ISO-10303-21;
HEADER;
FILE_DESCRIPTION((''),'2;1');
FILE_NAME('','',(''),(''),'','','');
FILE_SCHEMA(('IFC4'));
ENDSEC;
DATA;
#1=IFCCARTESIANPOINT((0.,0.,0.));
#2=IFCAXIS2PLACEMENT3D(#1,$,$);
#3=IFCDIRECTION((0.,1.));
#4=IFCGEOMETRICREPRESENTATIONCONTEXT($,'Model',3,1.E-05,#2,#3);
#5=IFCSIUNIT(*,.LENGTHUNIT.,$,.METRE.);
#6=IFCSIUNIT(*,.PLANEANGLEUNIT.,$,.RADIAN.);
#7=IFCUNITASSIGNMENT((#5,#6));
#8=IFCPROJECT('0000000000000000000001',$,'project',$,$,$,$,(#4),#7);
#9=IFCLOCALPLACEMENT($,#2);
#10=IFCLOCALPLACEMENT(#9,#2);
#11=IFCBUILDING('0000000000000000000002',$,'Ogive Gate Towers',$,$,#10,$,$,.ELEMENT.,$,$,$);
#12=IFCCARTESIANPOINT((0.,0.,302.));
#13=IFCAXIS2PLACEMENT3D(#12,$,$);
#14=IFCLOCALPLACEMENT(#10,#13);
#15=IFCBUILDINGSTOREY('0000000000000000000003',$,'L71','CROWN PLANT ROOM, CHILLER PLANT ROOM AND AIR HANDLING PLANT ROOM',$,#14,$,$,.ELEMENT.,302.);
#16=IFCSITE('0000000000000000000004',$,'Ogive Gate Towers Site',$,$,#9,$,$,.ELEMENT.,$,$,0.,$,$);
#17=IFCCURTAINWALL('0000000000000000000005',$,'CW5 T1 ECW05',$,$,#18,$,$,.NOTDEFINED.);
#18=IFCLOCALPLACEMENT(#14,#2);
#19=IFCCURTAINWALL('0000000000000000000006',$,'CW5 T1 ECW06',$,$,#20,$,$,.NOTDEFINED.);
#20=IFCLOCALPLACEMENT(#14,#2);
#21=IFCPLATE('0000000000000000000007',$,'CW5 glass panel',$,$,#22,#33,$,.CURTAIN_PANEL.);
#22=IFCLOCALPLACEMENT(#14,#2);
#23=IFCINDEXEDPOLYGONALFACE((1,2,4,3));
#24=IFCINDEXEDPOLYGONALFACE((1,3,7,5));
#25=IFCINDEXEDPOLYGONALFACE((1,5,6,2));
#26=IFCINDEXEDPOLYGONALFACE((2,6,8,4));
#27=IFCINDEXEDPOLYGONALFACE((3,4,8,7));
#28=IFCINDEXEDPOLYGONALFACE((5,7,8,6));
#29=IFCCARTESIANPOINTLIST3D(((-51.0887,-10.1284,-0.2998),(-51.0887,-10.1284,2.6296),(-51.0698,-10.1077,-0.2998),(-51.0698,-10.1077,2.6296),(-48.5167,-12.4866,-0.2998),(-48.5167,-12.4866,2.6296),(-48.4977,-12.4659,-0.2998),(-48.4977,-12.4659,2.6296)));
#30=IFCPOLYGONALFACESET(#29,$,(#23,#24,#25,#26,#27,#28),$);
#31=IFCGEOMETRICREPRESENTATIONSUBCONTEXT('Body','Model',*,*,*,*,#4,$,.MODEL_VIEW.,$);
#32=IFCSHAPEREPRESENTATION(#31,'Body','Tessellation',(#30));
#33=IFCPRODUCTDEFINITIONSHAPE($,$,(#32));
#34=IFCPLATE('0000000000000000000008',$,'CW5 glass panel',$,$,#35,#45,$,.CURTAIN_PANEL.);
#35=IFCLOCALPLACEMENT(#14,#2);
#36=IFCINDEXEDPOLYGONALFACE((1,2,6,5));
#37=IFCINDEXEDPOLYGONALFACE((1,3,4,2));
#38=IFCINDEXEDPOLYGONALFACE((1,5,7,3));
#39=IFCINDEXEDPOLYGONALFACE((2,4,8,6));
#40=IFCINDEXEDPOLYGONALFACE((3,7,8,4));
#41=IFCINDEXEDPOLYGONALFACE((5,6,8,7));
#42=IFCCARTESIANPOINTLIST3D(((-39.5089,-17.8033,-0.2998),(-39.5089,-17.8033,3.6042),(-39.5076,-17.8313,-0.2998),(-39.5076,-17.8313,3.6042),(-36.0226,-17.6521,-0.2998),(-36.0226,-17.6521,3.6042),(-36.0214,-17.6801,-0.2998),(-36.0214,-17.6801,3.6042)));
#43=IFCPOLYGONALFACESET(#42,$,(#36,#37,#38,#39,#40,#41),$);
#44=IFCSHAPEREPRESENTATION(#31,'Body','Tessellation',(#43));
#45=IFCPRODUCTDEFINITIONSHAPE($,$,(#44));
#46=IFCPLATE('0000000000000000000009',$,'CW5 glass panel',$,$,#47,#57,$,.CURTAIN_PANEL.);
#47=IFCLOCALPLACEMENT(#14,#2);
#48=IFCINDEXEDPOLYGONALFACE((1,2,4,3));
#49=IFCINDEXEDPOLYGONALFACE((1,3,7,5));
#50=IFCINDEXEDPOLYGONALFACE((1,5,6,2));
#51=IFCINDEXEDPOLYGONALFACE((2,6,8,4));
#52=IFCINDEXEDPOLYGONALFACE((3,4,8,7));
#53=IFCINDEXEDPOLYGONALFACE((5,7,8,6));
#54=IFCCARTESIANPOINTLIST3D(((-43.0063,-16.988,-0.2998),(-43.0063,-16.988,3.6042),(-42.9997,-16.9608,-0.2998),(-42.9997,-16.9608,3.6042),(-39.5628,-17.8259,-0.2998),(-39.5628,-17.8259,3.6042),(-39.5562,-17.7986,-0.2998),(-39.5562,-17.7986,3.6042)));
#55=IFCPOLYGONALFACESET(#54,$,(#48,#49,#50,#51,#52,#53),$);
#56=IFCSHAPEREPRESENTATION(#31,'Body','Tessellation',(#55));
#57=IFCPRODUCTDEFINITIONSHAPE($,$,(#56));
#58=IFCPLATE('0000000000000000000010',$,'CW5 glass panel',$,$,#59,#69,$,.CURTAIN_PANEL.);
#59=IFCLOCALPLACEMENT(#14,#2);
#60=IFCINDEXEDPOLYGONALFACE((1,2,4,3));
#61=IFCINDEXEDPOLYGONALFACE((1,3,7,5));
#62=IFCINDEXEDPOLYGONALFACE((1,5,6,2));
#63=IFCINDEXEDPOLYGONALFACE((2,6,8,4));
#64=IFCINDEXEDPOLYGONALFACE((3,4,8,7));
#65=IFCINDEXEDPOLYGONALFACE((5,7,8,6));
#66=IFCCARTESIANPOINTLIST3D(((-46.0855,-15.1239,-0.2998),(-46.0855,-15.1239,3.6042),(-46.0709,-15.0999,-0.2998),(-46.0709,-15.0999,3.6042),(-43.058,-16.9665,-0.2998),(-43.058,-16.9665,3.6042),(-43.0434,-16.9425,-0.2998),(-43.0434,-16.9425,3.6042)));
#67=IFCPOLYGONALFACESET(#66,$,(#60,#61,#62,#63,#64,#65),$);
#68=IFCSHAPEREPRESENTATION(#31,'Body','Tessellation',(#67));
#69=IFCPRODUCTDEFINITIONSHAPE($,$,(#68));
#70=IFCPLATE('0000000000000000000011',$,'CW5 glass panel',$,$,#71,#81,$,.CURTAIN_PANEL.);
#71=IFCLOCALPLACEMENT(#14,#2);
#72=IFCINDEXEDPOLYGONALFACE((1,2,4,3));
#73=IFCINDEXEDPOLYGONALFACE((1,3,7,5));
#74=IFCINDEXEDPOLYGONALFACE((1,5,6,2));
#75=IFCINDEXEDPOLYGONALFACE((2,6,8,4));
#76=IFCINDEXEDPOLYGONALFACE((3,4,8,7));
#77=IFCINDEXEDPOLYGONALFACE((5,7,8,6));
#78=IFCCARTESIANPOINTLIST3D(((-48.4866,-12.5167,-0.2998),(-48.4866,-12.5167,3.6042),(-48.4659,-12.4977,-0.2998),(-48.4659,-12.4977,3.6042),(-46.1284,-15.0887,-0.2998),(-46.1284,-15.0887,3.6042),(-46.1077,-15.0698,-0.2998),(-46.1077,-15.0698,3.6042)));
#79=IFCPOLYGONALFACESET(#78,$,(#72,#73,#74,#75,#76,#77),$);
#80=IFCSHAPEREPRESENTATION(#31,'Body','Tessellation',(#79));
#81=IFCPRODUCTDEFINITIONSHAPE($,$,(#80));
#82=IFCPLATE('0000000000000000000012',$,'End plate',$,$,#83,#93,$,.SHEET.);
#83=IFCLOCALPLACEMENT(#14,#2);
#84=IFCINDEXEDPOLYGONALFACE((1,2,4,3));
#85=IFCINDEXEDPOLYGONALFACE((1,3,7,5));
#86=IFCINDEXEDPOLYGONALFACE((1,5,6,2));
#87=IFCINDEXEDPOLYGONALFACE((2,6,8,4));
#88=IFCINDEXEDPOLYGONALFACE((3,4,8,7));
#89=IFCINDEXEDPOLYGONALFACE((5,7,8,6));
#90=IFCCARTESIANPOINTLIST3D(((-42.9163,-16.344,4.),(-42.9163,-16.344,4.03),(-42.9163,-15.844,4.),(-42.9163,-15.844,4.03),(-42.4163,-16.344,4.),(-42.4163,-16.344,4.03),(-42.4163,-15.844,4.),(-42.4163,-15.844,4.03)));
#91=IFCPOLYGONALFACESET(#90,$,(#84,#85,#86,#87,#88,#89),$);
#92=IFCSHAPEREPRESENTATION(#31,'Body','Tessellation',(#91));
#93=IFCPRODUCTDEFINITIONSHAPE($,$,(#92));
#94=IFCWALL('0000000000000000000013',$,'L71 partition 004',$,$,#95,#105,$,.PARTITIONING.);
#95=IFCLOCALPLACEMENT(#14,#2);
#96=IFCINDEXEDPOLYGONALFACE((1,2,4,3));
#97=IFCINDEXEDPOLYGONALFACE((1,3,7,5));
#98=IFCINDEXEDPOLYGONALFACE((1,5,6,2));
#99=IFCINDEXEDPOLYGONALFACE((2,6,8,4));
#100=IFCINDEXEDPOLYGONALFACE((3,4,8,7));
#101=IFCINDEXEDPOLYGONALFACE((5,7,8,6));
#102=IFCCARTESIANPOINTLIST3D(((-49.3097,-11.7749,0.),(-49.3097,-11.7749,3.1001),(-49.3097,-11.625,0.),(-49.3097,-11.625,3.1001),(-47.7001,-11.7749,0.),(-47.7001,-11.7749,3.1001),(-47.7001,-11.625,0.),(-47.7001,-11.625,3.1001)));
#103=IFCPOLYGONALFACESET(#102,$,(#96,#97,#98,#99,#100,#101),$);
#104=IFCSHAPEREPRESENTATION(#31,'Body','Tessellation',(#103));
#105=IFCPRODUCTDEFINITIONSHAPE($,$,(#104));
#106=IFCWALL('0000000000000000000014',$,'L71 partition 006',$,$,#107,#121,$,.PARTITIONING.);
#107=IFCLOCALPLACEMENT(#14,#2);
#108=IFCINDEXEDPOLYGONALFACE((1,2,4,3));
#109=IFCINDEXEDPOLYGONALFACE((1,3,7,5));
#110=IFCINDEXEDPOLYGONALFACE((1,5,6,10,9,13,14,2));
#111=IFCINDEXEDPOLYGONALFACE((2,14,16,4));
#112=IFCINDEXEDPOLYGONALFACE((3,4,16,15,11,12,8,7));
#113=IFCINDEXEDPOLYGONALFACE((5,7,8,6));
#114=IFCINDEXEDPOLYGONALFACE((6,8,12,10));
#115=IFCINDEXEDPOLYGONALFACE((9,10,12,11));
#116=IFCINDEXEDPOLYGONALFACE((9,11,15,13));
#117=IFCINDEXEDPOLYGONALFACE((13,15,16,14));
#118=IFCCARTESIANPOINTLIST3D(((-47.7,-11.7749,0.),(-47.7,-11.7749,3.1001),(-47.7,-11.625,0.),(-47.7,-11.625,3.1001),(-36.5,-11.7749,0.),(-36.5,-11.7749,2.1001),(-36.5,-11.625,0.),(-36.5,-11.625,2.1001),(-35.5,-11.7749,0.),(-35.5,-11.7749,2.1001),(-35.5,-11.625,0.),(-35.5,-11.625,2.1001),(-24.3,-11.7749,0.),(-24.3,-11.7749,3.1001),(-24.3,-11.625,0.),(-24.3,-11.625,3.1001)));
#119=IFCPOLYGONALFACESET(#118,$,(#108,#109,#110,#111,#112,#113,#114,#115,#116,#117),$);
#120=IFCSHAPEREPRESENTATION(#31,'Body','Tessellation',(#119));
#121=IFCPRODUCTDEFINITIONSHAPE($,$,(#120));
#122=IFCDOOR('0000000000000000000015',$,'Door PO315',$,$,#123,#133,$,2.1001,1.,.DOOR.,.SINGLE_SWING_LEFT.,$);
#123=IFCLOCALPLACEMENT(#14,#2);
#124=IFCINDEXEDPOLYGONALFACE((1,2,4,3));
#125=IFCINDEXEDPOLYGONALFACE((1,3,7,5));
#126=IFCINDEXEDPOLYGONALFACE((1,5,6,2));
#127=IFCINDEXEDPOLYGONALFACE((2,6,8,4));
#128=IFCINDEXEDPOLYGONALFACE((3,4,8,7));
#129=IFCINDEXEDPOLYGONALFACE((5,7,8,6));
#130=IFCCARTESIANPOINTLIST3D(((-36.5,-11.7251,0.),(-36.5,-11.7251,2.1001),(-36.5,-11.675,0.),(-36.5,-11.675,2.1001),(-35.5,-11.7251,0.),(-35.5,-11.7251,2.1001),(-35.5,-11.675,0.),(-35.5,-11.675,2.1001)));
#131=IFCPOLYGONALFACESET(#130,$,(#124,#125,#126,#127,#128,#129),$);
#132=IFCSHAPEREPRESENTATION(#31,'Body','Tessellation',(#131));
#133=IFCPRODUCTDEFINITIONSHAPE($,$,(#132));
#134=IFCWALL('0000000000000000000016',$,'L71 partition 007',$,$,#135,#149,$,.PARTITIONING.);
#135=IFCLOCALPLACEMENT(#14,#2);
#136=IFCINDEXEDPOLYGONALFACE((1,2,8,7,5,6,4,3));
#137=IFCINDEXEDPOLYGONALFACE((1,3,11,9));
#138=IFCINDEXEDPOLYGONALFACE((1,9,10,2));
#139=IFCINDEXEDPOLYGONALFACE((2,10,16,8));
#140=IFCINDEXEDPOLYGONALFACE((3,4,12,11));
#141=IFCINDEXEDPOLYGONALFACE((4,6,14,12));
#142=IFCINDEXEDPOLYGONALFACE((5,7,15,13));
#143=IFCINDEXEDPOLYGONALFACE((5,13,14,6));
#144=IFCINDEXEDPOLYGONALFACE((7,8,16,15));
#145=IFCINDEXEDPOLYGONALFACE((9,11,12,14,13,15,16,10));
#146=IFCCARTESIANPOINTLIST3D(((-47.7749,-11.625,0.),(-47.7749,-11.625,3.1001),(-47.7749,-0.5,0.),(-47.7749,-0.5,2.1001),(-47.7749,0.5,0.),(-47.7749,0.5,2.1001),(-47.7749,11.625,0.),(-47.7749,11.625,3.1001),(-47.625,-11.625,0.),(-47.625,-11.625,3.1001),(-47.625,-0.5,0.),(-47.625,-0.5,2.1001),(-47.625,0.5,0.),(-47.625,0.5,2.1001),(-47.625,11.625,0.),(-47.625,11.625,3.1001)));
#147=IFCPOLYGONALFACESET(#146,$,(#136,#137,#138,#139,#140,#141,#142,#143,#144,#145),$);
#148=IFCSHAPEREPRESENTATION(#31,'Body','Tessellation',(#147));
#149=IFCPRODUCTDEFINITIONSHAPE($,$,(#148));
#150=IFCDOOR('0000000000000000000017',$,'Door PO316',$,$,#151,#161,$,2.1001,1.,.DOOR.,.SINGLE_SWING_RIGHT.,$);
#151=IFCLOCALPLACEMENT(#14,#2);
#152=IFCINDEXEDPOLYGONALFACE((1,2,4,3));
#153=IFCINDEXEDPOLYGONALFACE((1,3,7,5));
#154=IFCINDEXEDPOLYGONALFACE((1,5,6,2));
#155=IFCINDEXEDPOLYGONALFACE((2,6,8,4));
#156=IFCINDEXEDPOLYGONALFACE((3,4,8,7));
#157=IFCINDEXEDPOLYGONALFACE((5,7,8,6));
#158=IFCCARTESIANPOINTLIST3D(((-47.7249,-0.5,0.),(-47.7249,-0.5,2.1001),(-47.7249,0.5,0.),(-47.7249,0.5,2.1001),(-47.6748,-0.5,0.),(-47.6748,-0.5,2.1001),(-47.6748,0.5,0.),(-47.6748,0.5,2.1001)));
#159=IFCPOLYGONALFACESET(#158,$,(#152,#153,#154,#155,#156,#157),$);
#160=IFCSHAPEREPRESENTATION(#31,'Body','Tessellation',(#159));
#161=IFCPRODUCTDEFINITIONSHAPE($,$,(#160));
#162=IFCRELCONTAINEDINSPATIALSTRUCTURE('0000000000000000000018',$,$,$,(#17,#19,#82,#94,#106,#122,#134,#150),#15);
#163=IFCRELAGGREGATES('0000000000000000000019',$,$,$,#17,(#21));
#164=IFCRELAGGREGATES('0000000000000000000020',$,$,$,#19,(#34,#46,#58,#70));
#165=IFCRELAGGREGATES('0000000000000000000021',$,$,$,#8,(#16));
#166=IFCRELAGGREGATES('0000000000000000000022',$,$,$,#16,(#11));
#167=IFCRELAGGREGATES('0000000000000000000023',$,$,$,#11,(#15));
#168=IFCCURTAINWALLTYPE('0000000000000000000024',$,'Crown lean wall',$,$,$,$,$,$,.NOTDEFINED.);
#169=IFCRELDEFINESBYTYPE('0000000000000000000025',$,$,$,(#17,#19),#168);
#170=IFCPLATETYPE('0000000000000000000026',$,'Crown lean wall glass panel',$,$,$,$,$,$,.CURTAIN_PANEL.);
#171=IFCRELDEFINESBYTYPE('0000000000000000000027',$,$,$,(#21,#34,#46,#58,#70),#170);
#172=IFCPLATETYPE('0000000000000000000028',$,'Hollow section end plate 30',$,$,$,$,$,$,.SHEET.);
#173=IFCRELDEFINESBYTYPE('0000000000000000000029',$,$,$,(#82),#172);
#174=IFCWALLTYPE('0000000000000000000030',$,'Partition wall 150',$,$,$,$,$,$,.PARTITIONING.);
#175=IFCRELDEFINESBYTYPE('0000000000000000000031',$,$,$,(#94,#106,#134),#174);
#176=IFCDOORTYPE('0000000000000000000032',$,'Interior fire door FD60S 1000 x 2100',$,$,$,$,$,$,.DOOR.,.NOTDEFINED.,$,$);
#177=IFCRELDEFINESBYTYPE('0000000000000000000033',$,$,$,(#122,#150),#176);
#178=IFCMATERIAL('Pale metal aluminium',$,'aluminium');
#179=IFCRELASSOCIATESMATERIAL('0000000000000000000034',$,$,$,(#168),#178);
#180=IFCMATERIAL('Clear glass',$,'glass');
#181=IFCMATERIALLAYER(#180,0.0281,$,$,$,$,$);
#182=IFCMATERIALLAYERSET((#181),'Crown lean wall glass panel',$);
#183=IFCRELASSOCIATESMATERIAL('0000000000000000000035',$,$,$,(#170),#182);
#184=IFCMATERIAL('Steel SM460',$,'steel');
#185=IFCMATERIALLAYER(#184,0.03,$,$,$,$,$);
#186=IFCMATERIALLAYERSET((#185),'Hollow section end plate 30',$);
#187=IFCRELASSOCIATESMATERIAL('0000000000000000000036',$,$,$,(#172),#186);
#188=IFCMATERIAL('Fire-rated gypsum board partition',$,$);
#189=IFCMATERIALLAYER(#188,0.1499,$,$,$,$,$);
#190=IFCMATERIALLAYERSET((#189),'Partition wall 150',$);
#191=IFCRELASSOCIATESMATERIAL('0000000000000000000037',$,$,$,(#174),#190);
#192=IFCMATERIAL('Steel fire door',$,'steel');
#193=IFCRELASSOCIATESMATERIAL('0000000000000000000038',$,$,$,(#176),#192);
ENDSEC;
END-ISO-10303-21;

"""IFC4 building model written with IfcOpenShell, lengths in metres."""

from ifc_helpers import new_model, si_unit, direction, frame, frame_2d, origin, origin_2d, place, context, subcontext, project, spatial, polyline, rectangle, outline, extrude, material, layer, layer_set, type_object, element, fill, aggregate, save


model = new_model("IFC4")

# Units and contexts
model_context = context("Model", 3, precision=1e-05, world=origin(), true_north=direction((0.0, 1.0)))
body_context = subcontext(model_context, "Body", "Model", "MODEL_VIEW")
ifc_project = project(units=[si_unit("LENGTHUNIT", "METRE"), si_unit("PLANEANGLEUNIT", "RADIAN")], contexts=[model_context])

# Site, building, storey
site_placement = place(None, origin())
site = spatial("IfcSite", under=ifc_project, at=site_placement, Name="Ogive Gate Towers Site", CompositionType="ELEMENT", RefElevation=0.0)
building_placement = place(site_placement, origin())
building = spatial("IfcBuilding", under=site, at=building_placement, Name="Ogive Gate Towers", CompositionType="ELEMENT")
storey_placement = place(building_placement, frame((0.0, 0.0, 302.0)))
storey = spatial("IfcBuildingStorey", under=building, at=storey_placement, Name="L71", Description="CROWN PLANT ROOM, CHILLER PLANT ROOM AND AIR HANDLING PLANT ROOM", CompositionType="ELEMENT", Elevation=302.0)

# Shared definitions
ifc_material_1 = material(Name="Steel SM460", Category="steel")

# Curtain wall
ifc_material_2 = material(Name="Pale metal aluminium", Category="aluminium")
curtain_wall_type = type_object("IfcCurtainWallType", Name="Crown lean wall", PredefinedType="NOTDEFINED", material=ifc_material_2)
curtain_wall_1_placement = place(storey_placement, origin())
curtain_wall_1 = element("IfcCurtainWall", 1, at=curtain_wall_1_placement, inside=storey, type_object=curtain_wall_type, Name="CW5 T1 ECW05", PredefinedType="NOTDEFINED")

# Curtain wall
curtain_wall_2_placement = place(storey_placement, origin())
curtain_wall_2 = element("IfcCurtainWall", 2, at=curtain_wall_2_placement, inside=storey, type_object=curtain_wall_type, Name="CW5 T1 ECW06", PredefinedType="NOTDEFINED")

# Plates
ifc_material_3 = material(Name="Clear glass", Category="glass")
ifc_layer_1 = layer(ifc_material_3, 0.0281)
ifc_layer_set_1 = layer_set([ifc_layer_1], Name="Crown lean wall glass panel")
plate_type_1 = type_object("IfcPlateType", Name="Crown lean wall glass panel", PredefinedType="CURTAIN_PANEL", material=ifc_layer_set_1)
plate_1_placement = place(storey_placement, frame((-49.7932, -11.2971, -0.2998), z_axis=(0.0, 0.0, 1.0), x_axis=(-0.737089, 0.675796, 0.0)))
plate_1 = element("IfcPlate", 3, at=plate_1_placement, type_object=plate_type_1, Name="CW5 glass panel", PredefinedType="CURTAIN_PANEL", context=body_context, shape_type="SweptSolid", body=[
    extrude(rectangle(XDim=3.4895, YDim=0.0281, at=origin_2d()), origin(), (0.0, 0.0, 1.0), 2.9294),
])
aggregate(curtain_wall_1, [plate_1])
plate_2_placement = place(storey_placement, frame((-37.7651, -17.7417, -0.2998), z_axis=(0.0, 0.0, 1.0), x_axis=(-0.99906, -0.04334, 0.0)))
plate_2 = element("IfcPlate", 4, at=plate_2_placement, type_object=plate_type_1, Name="CW5 glass panel", PredefinedType="CURTAIN_PANEL", context=body_context, shape_type="SweptSolid", body=[
    extrude(rectangle(XDim=3.4895, YDim=0.0281, at=origin_2d()), origin(), (0.0, 0.0, 1.0), 3.9041),
])
plate_3_placement = place(storey_placement, frame((-41.2812, -17.3933, -0.2998), z_axis=(0.0, 0.0, 1.0), x_axis=(-0.971652, 0.236414, 0.0)))
plate_3 = element("IfcPlate", 5, at=plate_3_placement, type_object=plate_type_1, Name="CW5 glass panel", PredefinedType="CURTAIN_PANEL", context=body_context, shape_type="SweptSolid", body=[
    extrude(rectangle(XDim=3.5439, YDim=0.0281, at=origin_2d()), origin(), (0.0, 0.0, 1.0), 3.9041),
])
plate_4_placement = place(storey_placement, frame((-44.5645, -16.0332, -0.2998), z_axis=(0.0, 0.0, 1.0), x_axis=(-0.854232, 0.519892, 0.0)))
plate_4 = element("IfcPlate", 6, at=plate_4_placement, type_object=plate_type_1, Name="CW5 glass panel", PredefinedType="CURTAIN_PANEL", context=body_context, shape_type="SweptSolid", body=[
    extrude(rectangle(XDim=3.5442, YDim=0.0281, at=origin_2d()), origin(), (0.0, 0.0, 1.0), 3.9041),
])
plate_5_placement = place(storey_placement, frame((-47.2971, -13.7932, -0.2998), z_axis=(0.0, 0.0, 1.0), x_axis=(-0.675796, 0.737089, 0.0)))
plate_5 = element("IfcPlate", 7, at=plate_5_placement, type_object=plate_type_1, Name="CW5 glass panel", PredefinedType="CURTAIN_PANEL", context=body_context, shape_type="SweptSolid", body=[
    extrude(rectangle(XDim=3.4895, YDim=0.0281, at=origin_2d()), origin(), (0.0, 0.0, 1.0), 3.9041),
])
aggregate(curtain_wall_2, [plate_2, plate_3, plate_4, plate_5])

# Plate
ifc_layer_2 = layer(ifc_material_1, 0.03)
ifc_layer_set_2 = layer_set([ifc_layer_2], Name="Hollow section end plate 30")
plate_type_2 = type_object("IfcPlateType", Name="Hollow section end plate 30", PredefinedType="SHEET", material=ifc_layer_set_2)
plate_6_placement = place(storey_placement, frame((-42.9163, -16.344, 4.03), z_axis=(0.0, 0.0, 1.0), x_axis=(1.0, 0.0, 0.0)))
element("IfcPlate", 8, at=plate_6_placement, inside=storey, type_object=plate_type_2, Name="End plate", PredefinedType="SHEET", context=body_context, shape_type="SweptSolid", body=[
    extrude(outline(polyline([(0.0, 0.0), (0.5, 0.0), (0.5, 0.5), (0.0, 0.5), (0.0, 0.0)])), origin(), (0.0, 0.0, -1.0), 0.03),
])

# Wall
ifc_material_4 = material(Name="Fire-rated gypsum board partition")
ifc_layer_3 = layer(ifc_material_4, 0.1499)
ifc_layer_set_3 = layer_set([ifc_layer_3], Name="Partition wall 150")
wall_type = type_object("IfcWallType", Name="Partition wall 150", PredefinedType="PARTITIONING", material=ifc_layer_set_3)
wall_1_placement = place(storey_placement, frame((-49.3096, -11.7, 0.0), z_axis=(0.0, 0.0, 1.0), x_axis=(1.0, 0.0, 0.0)))
element("IfcWall", 9, at=wall_1_placement, inside=storey, type_object=wall_type, Name="L71 partition 004", PredefinedType="PARTITIONING", context=body_context, shape_type="SweptSolid", body=[
    extrude(rectangle(XDim=1.6096, YDim=0.1499, at=frame_2d((0.8047, 0.0))), origin(), (0.0, 0.0, 1.0), 3.1001),
])

# Walls, openings, doors
wall_2_placement = place(storey_placement, frame((-47.7, -11.7, 0.0), z_axis=(0.0, 0.0, 1.0), x_axis=(1.0, 0.0, 0.0)))
wall_2 = element("IfcWall", 10, at=wall_2_placement, inside=storey, type_object=wall_type, Name="L71 partition 006", PredefinedType="PARTITIONING", context=body_context, shape_type="SweptSolid", body=[
    extrude(rectangle(XDim=23.3999, YDim=0.1499, at=frame_2d((11.7, 0.0))), origin(), (0.0, 0.0, 1.0), 3.1001),
])
opening_1_placement = place(wall_2_placement, frame((11.2, 0.0, 0.0)))
opening_1 = element("IfcOpeningElement", 11, at=opening_1_placement, cuts=wall_2, PredefinedType="OPENING", context=body_context, shape_type="SweptSolid", body=[
    extrude(rectangle(XDim=1.0, YDim=2.1001, at=frame_2d((0.5, 1.05))), frame((0.0, 0.085, 0.0), z_axis=(0.0, -1.0, 0.0), x_axis=(1.0, 0.0, 0.0)), (0.0, 0.0, 1.0), 0.1699),
])
ifc_material_5 = material(Name="Steel fire door", Category="steel")
door_type = type_object("IfcDoorType", Name="Interior fire door FD60S 1000 x 2100", OperationType="NOTDEFINED", PredefinedType="DOOR", material=ifc_material_5)
door_1_placement = place(opening_1_placement, origin())
door_1 = element("IfcDoor", 12, at=door_1_placement, inside=storey, type_object=door_type, Name="Door PO315", OperationType="SINGLE_SWING_LEFT", OverallHeight=2.1001, OverallWidth=1.0, PredefinedType="DOOR", context=body_context, shape_type="SweptSolid", body=[
    extrude(rectangle(XDim=1.0, YDim=2.1001, at=frame_2d((0.5, 1.05))), frame((0.0, 0.0249, 0.0), z_axis=(0.0, -1.0, 0.0), x_axis=(1.0, 0.0, 0.0)), (0.0, 0.0, 1.0), 0.05),
])
fill(opening_1, door_1)
wall_3_placement = place(storey_placement, frame((-47.7, -11.625, 0.0), z_axis=(0.0, 0.0, 1.0), x_axis=(0.0, 1.0, 0.0)))
wall_3 = element("IfcWall", 13, at=wall_3_placement, inside=storey, type_object=wall_type, Name="L71 partition 007", PredefinedType="PARTITIONING", context=body_context, shape_type="SweptSolid", body=[
    extrude(rectangle(XDim=23.25, YDim=0.1499, at=frame_2d((11.625, 0.0))), origin(), (0.0, 0.0, 1.0), 3.1001),
])
opening_2_placement = place(wall_3_placement, frame((11.125, 0.0, 0.0)))
opening_2 = element("IfcOpeningElement", 14, at=opening_2_placement, cuts=wall_3, PredefinedType="OPENING", context=body_context, shape_type="SweptSolid", body=[
    extrude(rectangle(XDim=1.0, YDim=2.1001, at=frame_2d((0.5, 1.05))), frame((0.0, 0.085, 0.0), z_axis=(0.0, -1.0, 0.0), x_axis=(1.0, 0.0, 0.0)), (0.0, 0.0, 1.0), 0.1699),
])
door_2_placement = place(opening_2_placement, origin())
door_2 = element("IfcDoor", 15, at=door_2_placement, inside=storey, type_object=door_type, Name="Door PO316", OperationType="SINGLE_SWING_RIGHT", OverallHeight=2.1001, OverallWidth=1.0, PredefinedType="DOOR", context=body_context, shape_type="SweptSolid", body=[
    extrude(rectangle(XDim=1.0, YDim=2.1001, at=frame_2d((0.5, 1.05))), frame((0.0, 0.0249, 0.0), z_axis=(0.0, -1.0, 0.0), x_axis=(1.0, 0.0, 0.0)), (0.0, 0.0, 1.0), 0.05),
])
fill(opening_2, door_2)

save(model, "model.ifc")
